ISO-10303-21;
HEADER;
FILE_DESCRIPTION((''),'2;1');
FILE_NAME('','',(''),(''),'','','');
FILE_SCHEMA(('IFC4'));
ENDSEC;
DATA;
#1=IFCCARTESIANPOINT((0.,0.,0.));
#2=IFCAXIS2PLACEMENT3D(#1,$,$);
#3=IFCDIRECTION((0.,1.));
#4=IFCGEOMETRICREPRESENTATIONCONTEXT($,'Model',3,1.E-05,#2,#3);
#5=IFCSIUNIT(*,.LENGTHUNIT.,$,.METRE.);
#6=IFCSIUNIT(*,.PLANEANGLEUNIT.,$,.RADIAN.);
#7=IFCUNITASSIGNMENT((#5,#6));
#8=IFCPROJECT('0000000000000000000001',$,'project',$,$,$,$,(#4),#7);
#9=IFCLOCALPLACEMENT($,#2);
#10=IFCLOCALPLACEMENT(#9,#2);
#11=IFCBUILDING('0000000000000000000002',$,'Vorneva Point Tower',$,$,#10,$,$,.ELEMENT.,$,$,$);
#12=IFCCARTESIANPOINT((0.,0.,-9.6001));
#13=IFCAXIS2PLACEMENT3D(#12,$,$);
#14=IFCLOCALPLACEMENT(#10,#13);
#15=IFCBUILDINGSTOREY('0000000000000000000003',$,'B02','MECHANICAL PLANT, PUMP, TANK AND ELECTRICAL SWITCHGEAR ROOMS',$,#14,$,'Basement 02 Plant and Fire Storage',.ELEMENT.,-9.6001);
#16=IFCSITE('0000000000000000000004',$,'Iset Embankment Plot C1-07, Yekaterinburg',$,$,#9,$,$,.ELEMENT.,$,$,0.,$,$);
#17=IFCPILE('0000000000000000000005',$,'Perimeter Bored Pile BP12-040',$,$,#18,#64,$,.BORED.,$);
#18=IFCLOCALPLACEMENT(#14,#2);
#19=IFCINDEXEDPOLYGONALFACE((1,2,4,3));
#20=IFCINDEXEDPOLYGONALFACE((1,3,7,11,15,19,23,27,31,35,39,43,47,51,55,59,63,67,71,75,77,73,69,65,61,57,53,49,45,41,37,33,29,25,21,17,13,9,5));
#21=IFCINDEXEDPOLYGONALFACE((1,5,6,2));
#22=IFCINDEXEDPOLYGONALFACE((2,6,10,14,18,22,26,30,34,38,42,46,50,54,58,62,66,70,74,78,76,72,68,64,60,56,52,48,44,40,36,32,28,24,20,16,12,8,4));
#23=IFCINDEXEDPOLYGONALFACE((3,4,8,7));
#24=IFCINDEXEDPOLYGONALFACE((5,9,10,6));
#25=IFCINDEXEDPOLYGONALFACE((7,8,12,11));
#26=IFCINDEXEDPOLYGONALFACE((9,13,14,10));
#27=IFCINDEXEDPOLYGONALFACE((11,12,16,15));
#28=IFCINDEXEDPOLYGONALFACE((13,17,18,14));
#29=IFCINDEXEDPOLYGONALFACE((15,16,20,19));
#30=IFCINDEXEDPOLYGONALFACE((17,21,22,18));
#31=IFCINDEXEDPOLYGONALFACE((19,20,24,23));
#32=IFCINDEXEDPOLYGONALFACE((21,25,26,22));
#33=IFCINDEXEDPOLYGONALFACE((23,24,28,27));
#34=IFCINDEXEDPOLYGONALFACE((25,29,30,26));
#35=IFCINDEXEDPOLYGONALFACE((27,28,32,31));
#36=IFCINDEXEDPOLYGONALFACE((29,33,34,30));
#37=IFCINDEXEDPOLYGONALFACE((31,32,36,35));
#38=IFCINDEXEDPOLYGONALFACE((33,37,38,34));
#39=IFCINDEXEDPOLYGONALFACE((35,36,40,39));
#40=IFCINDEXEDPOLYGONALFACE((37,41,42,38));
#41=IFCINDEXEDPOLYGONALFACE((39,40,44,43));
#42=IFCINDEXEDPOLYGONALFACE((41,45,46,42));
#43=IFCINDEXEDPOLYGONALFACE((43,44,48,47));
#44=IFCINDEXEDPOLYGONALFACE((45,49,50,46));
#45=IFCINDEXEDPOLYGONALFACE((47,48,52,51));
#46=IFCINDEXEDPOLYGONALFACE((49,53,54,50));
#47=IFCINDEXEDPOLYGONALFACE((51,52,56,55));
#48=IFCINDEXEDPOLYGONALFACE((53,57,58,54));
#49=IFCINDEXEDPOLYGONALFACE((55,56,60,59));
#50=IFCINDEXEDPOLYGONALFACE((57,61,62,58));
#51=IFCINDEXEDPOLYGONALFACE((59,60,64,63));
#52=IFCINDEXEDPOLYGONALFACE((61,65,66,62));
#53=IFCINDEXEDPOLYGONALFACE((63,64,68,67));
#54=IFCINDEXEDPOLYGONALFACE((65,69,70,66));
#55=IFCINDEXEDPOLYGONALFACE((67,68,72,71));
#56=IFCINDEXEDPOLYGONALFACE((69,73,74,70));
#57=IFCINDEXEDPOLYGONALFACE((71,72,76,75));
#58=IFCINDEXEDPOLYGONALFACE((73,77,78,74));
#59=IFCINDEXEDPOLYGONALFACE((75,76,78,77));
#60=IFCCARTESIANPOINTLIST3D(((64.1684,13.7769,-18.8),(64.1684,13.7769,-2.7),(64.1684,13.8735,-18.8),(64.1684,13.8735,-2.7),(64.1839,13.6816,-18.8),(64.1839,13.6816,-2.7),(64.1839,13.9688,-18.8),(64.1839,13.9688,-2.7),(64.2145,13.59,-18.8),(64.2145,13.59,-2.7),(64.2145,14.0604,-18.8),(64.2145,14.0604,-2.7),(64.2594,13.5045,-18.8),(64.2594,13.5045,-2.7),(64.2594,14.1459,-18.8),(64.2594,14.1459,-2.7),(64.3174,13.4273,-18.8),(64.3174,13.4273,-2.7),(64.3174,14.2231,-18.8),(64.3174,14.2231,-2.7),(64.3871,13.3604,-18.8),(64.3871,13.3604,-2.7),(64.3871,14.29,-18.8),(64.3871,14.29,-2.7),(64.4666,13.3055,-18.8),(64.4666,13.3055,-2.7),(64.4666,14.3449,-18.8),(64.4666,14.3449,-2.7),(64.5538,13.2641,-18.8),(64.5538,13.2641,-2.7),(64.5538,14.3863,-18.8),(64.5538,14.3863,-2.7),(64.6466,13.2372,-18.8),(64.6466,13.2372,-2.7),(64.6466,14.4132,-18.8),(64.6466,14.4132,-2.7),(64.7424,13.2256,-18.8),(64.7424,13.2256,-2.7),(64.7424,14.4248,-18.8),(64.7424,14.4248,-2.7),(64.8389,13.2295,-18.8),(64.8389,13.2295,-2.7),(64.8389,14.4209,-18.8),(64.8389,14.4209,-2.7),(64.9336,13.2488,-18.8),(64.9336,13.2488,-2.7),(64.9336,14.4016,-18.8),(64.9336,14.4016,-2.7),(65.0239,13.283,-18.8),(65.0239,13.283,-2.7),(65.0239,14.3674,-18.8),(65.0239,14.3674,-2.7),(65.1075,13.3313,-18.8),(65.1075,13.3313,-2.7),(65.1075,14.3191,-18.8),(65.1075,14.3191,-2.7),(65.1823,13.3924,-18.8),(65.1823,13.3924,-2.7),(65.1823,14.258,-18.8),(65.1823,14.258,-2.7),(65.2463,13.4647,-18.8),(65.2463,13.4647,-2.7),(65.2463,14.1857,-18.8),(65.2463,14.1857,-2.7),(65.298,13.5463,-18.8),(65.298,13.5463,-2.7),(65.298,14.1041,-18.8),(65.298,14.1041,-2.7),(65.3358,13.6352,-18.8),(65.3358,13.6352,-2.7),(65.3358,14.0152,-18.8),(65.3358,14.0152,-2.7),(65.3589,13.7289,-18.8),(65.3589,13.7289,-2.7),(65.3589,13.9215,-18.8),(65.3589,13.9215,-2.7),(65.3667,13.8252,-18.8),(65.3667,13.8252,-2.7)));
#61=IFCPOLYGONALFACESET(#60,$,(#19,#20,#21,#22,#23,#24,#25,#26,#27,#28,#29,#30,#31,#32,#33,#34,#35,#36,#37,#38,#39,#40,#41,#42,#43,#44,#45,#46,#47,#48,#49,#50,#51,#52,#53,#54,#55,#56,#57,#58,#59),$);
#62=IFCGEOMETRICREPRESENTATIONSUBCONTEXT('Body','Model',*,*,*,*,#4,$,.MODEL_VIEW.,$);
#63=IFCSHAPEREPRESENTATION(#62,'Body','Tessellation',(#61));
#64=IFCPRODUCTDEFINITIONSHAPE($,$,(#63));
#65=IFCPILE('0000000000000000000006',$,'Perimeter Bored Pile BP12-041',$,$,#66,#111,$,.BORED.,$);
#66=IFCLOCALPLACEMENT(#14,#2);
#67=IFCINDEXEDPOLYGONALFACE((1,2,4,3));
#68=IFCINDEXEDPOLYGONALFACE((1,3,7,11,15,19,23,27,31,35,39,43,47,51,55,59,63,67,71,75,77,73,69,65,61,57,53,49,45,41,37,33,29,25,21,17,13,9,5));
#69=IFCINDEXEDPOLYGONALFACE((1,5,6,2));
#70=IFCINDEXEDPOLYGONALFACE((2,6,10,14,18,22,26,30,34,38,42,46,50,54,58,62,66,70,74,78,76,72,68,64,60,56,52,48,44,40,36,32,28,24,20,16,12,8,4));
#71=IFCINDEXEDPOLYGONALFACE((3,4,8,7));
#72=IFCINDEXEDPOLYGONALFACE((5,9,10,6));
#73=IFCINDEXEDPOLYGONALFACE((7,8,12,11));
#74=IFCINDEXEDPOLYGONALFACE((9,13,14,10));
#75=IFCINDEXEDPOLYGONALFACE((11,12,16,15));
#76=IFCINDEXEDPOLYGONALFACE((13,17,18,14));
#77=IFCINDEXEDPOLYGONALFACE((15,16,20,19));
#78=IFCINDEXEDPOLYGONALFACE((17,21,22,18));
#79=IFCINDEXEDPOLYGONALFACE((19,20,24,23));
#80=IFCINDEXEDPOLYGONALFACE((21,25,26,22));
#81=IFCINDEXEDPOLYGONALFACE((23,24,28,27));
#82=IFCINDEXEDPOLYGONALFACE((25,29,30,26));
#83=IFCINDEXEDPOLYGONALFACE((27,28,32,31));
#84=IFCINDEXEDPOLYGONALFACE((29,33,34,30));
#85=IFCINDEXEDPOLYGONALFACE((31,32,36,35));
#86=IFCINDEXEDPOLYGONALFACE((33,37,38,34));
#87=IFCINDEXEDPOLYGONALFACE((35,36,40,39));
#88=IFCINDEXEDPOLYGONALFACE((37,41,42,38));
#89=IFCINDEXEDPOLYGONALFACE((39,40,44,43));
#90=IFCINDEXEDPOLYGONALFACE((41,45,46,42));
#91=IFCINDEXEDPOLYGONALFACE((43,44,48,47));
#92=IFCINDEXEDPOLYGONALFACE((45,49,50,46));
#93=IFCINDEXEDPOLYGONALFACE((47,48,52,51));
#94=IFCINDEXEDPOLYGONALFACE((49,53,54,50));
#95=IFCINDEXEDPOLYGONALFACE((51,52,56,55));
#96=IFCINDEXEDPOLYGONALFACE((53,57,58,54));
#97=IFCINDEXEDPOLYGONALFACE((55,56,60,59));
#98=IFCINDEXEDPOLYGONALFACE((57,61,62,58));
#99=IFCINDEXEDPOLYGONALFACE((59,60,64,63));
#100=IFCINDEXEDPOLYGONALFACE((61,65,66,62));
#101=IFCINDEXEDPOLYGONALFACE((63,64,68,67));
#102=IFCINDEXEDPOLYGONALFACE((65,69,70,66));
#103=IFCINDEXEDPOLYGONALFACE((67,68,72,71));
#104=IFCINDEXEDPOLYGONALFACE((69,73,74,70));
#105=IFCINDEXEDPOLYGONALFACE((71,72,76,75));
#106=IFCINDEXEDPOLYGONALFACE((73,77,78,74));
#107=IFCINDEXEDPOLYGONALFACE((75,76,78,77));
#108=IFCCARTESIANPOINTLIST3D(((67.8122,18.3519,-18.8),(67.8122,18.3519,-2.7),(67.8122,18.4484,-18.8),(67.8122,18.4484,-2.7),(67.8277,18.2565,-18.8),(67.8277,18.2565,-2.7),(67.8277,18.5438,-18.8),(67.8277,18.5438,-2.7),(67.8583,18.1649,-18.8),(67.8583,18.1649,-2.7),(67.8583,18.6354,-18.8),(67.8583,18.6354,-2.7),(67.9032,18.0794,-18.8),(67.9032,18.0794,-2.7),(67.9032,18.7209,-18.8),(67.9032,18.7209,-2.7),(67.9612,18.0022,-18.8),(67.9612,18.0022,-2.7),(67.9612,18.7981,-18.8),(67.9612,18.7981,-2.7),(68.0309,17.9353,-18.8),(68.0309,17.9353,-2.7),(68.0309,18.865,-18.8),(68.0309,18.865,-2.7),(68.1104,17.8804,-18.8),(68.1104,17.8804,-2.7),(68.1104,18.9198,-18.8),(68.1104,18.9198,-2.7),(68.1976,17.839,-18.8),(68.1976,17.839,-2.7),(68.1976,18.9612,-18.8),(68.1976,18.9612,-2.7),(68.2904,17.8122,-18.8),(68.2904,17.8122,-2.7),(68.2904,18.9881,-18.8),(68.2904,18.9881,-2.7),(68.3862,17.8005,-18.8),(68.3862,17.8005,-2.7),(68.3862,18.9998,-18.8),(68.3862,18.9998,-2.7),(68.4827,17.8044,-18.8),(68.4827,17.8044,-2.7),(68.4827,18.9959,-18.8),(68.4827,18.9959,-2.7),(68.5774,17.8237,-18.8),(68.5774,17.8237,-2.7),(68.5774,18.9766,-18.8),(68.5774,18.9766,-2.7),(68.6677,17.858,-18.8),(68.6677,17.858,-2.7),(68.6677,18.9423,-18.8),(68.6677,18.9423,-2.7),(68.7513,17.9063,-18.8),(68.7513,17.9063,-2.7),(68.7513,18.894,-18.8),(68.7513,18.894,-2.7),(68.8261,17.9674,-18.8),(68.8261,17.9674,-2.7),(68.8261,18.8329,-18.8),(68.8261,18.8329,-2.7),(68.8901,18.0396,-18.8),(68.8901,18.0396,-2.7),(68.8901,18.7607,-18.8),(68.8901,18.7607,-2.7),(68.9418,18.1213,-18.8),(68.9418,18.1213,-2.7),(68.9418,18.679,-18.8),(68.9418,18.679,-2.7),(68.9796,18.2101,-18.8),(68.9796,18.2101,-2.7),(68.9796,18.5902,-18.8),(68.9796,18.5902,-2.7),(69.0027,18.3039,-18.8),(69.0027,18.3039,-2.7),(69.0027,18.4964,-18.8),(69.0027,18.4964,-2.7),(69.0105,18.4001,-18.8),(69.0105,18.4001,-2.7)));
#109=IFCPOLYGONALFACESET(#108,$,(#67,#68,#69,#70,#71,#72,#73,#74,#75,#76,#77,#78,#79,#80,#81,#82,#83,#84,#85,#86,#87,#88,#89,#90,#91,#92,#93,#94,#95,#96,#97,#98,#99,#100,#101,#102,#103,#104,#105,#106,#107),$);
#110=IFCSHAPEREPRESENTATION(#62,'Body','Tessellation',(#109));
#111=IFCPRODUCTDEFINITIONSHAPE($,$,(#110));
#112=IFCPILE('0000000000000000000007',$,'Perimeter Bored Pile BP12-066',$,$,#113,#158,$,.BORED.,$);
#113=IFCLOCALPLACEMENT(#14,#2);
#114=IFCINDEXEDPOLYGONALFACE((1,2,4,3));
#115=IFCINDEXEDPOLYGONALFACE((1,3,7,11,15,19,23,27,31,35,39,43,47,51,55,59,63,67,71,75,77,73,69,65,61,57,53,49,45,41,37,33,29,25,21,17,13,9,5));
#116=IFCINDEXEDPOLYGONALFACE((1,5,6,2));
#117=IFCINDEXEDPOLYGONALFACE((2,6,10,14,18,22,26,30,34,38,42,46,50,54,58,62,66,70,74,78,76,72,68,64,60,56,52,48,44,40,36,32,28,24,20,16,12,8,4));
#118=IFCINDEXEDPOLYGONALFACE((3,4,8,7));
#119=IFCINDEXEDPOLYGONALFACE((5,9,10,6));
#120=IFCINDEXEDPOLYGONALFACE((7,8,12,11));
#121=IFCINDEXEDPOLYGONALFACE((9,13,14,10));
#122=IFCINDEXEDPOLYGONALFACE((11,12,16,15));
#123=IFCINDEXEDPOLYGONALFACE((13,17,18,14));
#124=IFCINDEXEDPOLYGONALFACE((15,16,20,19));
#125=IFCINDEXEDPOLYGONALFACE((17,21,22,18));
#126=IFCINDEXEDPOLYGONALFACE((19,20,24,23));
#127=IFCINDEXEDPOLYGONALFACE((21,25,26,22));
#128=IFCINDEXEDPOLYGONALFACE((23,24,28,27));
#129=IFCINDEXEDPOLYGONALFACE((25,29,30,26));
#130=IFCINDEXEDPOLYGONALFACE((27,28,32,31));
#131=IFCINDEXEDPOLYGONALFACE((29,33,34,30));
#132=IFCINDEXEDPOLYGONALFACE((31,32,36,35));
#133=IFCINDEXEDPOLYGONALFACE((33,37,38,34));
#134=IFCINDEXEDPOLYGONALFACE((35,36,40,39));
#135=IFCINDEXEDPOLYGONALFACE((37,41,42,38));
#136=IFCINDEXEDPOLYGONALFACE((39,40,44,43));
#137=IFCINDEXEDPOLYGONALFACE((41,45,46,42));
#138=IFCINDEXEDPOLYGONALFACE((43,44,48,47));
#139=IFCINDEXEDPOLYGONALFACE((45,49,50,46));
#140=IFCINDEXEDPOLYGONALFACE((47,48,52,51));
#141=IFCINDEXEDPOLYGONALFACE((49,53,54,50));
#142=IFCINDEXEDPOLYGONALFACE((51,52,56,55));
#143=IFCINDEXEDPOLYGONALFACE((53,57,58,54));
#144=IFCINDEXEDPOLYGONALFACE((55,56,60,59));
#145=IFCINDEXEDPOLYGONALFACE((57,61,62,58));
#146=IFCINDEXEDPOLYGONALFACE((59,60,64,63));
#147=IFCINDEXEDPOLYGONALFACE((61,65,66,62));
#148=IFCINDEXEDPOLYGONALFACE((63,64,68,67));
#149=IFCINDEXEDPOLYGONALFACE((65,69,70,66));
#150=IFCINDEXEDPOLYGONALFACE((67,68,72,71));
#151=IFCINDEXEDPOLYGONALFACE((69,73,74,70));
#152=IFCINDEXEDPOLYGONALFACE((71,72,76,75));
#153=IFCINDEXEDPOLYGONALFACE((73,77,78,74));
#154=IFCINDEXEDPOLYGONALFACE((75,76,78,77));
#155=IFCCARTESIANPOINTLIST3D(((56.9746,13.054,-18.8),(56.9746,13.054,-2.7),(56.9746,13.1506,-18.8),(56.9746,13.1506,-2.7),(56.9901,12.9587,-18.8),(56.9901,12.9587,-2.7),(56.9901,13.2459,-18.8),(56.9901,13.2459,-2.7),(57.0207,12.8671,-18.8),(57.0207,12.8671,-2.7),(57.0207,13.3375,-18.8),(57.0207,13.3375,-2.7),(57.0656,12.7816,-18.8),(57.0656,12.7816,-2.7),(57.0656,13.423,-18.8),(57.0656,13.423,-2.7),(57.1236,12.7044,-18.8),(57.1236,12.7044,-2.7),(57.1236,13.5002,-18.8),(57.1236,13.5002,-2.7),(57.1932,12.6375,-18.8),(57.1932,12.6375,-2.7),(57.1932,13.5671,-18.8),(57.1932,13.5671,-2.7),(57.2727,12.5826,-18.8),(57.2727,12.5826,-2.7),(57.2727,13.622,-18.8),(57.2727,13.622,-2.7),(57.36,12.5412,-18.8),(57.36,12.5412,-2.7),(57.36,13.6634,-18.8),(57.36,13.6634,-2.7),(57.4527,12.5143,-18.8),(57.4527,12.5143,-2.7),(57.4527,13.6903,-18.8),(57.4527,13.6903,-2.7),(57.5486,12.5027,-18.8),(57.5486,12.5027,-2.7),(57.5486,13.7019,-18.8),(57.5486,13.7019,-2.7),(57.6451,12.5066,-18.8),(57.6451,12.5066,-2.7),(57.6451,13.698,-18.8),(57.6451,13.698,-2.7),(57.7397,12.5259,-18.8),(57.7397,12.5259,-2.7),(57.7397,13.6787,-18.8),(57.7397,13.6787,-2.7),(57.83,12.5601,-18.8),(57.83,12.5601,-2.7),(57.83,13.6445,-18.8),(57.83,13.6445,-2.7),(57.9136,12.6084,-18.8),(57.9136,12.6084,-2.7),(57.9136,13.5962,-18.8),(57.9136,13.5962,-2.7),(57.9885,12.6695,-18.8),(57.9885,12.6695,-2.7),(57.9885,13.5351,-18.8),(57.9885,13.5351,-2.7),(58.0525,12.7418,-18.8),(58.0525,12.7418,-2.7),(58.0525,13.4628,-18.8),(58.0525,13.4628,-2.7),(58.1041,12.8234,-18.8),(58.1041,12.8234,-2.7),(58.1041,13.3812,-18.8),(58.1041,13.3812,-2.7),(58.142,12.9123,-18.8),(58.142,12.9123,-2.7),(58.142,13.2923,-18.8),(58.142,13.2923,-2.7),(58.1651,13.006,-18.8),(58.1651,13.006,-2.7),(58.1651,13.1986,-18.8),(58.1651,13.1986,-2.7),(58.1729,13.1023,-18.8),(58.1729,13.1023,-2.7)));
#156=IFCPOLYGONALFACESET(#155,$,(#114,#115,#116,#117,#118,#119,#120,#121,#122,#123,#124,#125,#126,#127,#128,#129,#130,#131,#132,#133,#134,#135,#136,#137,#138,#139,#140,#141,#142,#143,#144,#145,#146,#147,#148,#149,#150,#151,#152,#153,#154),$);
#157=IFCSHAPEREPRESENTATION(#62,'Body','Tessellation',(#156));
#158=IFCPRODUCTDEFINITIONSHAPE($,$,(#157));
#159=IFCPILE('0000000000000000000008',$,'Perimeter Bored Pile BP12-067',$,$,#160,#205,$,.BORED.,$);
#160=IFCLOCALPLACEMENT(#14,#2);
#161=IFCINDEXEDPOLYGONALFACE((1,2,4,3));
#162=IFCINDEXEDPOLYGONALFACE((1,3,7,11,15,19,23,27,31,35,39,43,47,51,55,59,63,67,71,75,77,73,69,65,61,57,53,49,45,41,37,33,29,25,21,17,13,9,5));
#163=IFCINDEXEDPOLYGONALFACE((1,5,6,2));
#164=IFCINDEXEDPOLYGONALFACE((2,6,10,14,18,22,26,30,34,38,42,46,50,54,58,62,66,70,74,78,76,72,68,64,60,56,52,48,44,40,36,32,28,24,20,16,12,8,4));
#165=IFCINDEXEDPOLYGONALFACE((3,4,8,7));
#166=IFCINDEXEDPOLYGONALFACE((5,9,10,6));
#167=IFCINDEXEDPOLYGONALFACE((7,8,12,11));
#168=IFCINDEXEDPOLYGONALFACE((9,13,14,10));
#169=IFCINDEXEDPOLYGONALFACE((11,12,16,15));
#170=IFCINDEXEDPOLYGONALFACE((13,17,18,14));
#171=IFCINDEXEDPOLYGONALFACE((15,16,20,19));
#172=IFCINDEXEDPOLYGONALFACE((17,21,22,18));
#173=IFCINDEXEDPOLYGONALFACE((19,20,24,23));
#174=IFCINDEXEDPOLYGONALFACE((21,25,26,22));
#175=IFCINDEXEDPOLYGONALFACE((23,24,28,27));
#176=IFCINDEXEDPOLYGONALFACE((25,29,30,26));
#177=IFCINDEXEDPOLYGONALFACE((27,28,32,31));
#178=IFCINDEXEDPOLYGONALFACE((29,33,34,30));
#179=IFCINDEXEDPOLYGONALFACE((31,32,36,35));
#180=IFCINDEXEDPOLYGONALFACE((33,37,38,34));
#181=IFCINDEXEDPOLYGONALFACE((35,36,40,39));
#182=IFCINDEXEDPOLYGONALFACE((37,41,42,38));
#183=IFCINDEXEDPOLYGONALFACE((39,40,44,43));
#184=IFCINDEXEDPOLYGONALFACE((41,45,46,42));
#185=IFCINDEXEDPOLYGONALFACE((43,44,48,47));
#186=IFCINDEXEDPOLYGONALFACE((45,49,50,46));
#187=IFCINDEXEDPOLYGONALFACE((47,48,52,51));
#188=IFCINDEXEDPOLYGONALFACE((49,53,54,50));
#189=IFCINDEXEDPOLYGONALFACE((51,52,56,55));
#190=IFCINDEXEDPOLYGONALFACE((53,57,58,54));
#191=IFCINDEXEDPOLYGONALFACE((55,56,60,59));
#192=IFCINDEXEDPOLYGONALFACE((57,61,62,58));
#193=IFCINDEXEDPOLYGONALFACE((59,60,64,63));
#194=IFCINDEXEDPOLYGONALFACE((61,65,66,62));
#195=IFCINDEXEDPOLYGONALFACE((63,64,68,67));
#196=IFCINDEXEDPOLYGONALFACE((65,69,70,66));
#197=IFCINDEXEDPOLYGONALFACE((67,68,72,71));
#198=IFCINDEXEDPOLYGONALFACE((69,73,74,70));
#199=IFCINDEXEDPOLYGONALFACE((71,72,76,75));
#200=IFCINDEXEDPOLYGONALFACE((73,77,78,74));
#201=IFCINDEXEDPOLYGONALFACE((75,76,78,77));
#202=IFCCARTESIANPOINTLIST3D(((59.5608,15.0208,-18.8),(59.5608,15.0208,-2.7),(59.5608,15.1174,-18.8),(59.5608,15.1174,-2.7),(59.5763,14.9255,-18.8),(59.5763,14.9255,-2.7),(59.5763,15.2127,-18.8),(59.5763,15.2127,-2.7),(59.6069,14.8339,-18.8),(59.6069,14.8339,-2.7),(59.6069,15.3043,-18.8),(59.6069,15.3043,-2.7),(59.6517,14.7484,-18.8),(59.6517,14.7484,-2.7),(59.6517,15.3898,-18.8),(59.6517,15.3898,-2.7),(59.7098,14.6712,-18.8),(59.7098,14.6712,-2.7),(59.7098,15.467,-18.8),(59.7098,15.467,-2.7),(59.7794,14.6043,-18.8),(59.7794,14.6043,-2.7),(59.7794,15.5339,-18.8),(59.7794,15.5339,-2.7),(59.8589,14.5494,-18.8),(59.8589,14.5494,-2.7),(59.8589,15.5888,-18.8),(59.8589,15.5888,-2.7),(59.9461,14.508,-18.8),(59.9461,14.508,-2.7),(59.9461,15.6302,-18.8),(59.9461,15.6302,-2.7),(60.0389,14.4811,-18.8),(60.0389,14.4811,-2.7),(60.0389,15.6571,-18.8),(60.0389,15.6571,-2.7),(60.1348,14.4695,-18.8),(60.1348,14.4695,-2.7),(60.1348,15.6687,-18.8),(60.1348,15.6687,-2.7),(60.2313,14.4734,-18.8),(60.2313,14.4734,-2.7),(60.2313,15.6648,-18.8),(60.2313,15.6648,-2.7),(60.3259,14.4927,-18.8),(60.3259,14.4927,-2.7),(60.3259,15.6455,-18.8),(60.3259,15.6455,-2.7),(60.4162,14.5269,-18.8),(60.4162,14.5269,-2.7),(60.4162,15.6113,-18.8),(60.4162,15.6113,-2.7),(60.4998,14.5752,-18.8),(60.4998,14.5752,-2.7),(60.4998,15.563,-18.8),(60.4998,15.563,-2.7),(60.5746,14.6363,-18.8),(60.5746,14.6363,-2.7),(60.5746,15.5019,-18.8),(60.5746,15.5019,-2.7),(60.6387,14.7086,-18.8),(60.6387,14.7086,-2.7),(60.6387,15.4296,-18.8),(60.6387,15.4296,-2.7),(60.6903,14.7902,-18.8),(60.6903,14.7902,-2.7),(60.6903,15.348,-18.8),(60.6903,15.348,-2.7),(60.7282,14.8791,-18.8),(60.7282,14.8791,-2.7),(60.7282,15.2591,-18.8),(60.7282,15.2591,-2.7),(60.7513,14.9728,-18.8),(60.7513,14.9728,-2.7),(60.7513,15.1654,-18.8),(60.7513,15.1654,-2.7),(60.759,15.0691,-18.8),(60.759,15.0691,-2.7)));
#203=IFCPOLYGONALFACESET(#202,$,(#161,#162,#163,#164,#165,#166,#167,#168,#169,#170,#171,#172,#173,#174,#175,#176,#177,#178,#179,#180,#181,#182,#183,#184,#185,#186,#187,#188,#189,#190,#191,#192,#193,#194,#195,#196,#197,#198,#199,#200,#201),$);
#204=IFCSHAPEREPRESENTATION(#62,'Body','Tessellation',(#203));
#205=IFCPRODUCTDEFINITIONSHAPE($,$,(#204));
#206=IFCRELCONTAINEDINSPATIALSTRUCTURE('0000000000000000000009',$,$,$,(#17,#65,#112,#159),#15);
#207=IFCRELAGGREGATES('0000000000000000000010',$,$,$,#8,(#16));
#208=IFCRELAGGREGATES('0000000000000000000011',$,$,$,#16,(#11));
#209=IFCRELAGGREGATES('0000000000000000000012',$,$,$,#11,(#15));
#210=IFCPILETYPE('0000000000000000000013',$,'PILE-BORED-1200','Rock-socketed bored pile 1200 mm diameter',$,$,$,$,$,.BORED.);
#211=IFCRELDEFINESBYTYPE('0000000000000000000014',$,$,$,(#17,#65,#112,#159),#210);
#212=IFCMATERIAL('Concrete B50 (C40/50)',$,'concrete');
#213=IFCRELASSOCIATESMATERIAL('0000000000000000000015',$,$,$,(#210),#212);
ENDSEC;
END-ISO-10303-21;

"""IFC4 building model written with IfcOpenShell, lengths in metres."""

from ifc_helpers import new_model, si_unit, direction, frame, origin, origin_2d, place, context, subcontext, project, spatial, circle, extrude, material, material_profile, profile_set, type_object, element, save


model = new_model("IFC4")

# Units and contexts
model_context = context("Model", 3, precision=1e-05, world=origin(), true_north=direction((0.0, 1.0)))
body_context = subcontext(model_context, "Body", "Model", "MODEL_VIEW")
ifc_project = project(units=[si_unit("LENGTHUNIT", "METRE"), si_unit("PLANEANGLEUNIT", "RADIAN")], contexts=[model_context])

# Site, building, storey
site_placement = place(None, origin())
site = spatial("IfcSite", under=ifc_project, at=site_placement, Name="Iset Embankment Plot C1-07, Yekaterinburg", CompositionType="ELEMENT", RefElevation=0.0)
building_placement = place(site_placement, origin())
building = spatial("IfcBuilding", under=site, at=building_placement, Name="Vorneva Point Tower", CompositionType="ELEMENT")
storey_placement = place(building_placement, frame((0.0, 0.0, -9.6001)))
storey = spatial("IfcBuildingStorey", under=building, at=storey_placement, Name="B02", Description="MECHANICAL PLANT, PUMP, TANK AND ELECTRICAL SWITCHGEAR ROOMS", LongName="Basement 02 Plant and Fire Storage", CompositionType="ELEMENT", Elevation=-9.6001)

# Piles
ifc_material_1 = material(Name="Concrete B50 (C40/50)", Category="concrete")
ifc_material_profile_1 = material_profile(ifc_material_1, circle(Radius=0.6001, at=origin_2d()), Name="PILE-1200")
ifc_profile_set_1 = profile_set([ifc_material_profile_1], Name="Concrete B50 (C40/50)")
pile_type = type_object("IfcPileType", Name="PILE-BORED-1200", Description="Rock-socketed bored pile 1200 mm diameter", PredefinedType="BORED", material=ifc_profile_set_1)
for number, where, z_axis, x_axis, name in (
    (1, (64.7666, 13.8252, -2.7), (0.0, 0.0, -1.0), (1.0, 0.0, 0.0), "Perimeter Bored Pile BP12-040"),
    (2, (68.4104, 18.4001, -2.7), (0.0, 0.0, -1.0), (1.0, 0.0, 0.0), "Perimeter Bored Pile BP12-041"),
    (3, (57.5728, 13.1023, -2.7), (0.0, 0.0, -1.0), (1.0, 0.0, 0.0), "Perimeter Bored Pile BP12-066"),
    (4, (60.1589, 15.0691, -2.7), (0.0, 0.0, -1.0), (1.0, 0.0, 0.0), "Perimeter Bored Pile BP12-067"),
):
    element("IfcPile", number, at=place(storey_placement, frame(where, z_axis=z_axis, x_axis=x_axis)), inside=storey, type_object=pile_type, Name=name, PredefinedType="BORED", context=body_context, shape_type="SweptSolid", body=[
        extrude(circle(Radius=0.6001, at=origin_2d()), origin(), (0.0, 0.0, 1.0), 16.1001),
    ])

save(model, "model.ifc")
